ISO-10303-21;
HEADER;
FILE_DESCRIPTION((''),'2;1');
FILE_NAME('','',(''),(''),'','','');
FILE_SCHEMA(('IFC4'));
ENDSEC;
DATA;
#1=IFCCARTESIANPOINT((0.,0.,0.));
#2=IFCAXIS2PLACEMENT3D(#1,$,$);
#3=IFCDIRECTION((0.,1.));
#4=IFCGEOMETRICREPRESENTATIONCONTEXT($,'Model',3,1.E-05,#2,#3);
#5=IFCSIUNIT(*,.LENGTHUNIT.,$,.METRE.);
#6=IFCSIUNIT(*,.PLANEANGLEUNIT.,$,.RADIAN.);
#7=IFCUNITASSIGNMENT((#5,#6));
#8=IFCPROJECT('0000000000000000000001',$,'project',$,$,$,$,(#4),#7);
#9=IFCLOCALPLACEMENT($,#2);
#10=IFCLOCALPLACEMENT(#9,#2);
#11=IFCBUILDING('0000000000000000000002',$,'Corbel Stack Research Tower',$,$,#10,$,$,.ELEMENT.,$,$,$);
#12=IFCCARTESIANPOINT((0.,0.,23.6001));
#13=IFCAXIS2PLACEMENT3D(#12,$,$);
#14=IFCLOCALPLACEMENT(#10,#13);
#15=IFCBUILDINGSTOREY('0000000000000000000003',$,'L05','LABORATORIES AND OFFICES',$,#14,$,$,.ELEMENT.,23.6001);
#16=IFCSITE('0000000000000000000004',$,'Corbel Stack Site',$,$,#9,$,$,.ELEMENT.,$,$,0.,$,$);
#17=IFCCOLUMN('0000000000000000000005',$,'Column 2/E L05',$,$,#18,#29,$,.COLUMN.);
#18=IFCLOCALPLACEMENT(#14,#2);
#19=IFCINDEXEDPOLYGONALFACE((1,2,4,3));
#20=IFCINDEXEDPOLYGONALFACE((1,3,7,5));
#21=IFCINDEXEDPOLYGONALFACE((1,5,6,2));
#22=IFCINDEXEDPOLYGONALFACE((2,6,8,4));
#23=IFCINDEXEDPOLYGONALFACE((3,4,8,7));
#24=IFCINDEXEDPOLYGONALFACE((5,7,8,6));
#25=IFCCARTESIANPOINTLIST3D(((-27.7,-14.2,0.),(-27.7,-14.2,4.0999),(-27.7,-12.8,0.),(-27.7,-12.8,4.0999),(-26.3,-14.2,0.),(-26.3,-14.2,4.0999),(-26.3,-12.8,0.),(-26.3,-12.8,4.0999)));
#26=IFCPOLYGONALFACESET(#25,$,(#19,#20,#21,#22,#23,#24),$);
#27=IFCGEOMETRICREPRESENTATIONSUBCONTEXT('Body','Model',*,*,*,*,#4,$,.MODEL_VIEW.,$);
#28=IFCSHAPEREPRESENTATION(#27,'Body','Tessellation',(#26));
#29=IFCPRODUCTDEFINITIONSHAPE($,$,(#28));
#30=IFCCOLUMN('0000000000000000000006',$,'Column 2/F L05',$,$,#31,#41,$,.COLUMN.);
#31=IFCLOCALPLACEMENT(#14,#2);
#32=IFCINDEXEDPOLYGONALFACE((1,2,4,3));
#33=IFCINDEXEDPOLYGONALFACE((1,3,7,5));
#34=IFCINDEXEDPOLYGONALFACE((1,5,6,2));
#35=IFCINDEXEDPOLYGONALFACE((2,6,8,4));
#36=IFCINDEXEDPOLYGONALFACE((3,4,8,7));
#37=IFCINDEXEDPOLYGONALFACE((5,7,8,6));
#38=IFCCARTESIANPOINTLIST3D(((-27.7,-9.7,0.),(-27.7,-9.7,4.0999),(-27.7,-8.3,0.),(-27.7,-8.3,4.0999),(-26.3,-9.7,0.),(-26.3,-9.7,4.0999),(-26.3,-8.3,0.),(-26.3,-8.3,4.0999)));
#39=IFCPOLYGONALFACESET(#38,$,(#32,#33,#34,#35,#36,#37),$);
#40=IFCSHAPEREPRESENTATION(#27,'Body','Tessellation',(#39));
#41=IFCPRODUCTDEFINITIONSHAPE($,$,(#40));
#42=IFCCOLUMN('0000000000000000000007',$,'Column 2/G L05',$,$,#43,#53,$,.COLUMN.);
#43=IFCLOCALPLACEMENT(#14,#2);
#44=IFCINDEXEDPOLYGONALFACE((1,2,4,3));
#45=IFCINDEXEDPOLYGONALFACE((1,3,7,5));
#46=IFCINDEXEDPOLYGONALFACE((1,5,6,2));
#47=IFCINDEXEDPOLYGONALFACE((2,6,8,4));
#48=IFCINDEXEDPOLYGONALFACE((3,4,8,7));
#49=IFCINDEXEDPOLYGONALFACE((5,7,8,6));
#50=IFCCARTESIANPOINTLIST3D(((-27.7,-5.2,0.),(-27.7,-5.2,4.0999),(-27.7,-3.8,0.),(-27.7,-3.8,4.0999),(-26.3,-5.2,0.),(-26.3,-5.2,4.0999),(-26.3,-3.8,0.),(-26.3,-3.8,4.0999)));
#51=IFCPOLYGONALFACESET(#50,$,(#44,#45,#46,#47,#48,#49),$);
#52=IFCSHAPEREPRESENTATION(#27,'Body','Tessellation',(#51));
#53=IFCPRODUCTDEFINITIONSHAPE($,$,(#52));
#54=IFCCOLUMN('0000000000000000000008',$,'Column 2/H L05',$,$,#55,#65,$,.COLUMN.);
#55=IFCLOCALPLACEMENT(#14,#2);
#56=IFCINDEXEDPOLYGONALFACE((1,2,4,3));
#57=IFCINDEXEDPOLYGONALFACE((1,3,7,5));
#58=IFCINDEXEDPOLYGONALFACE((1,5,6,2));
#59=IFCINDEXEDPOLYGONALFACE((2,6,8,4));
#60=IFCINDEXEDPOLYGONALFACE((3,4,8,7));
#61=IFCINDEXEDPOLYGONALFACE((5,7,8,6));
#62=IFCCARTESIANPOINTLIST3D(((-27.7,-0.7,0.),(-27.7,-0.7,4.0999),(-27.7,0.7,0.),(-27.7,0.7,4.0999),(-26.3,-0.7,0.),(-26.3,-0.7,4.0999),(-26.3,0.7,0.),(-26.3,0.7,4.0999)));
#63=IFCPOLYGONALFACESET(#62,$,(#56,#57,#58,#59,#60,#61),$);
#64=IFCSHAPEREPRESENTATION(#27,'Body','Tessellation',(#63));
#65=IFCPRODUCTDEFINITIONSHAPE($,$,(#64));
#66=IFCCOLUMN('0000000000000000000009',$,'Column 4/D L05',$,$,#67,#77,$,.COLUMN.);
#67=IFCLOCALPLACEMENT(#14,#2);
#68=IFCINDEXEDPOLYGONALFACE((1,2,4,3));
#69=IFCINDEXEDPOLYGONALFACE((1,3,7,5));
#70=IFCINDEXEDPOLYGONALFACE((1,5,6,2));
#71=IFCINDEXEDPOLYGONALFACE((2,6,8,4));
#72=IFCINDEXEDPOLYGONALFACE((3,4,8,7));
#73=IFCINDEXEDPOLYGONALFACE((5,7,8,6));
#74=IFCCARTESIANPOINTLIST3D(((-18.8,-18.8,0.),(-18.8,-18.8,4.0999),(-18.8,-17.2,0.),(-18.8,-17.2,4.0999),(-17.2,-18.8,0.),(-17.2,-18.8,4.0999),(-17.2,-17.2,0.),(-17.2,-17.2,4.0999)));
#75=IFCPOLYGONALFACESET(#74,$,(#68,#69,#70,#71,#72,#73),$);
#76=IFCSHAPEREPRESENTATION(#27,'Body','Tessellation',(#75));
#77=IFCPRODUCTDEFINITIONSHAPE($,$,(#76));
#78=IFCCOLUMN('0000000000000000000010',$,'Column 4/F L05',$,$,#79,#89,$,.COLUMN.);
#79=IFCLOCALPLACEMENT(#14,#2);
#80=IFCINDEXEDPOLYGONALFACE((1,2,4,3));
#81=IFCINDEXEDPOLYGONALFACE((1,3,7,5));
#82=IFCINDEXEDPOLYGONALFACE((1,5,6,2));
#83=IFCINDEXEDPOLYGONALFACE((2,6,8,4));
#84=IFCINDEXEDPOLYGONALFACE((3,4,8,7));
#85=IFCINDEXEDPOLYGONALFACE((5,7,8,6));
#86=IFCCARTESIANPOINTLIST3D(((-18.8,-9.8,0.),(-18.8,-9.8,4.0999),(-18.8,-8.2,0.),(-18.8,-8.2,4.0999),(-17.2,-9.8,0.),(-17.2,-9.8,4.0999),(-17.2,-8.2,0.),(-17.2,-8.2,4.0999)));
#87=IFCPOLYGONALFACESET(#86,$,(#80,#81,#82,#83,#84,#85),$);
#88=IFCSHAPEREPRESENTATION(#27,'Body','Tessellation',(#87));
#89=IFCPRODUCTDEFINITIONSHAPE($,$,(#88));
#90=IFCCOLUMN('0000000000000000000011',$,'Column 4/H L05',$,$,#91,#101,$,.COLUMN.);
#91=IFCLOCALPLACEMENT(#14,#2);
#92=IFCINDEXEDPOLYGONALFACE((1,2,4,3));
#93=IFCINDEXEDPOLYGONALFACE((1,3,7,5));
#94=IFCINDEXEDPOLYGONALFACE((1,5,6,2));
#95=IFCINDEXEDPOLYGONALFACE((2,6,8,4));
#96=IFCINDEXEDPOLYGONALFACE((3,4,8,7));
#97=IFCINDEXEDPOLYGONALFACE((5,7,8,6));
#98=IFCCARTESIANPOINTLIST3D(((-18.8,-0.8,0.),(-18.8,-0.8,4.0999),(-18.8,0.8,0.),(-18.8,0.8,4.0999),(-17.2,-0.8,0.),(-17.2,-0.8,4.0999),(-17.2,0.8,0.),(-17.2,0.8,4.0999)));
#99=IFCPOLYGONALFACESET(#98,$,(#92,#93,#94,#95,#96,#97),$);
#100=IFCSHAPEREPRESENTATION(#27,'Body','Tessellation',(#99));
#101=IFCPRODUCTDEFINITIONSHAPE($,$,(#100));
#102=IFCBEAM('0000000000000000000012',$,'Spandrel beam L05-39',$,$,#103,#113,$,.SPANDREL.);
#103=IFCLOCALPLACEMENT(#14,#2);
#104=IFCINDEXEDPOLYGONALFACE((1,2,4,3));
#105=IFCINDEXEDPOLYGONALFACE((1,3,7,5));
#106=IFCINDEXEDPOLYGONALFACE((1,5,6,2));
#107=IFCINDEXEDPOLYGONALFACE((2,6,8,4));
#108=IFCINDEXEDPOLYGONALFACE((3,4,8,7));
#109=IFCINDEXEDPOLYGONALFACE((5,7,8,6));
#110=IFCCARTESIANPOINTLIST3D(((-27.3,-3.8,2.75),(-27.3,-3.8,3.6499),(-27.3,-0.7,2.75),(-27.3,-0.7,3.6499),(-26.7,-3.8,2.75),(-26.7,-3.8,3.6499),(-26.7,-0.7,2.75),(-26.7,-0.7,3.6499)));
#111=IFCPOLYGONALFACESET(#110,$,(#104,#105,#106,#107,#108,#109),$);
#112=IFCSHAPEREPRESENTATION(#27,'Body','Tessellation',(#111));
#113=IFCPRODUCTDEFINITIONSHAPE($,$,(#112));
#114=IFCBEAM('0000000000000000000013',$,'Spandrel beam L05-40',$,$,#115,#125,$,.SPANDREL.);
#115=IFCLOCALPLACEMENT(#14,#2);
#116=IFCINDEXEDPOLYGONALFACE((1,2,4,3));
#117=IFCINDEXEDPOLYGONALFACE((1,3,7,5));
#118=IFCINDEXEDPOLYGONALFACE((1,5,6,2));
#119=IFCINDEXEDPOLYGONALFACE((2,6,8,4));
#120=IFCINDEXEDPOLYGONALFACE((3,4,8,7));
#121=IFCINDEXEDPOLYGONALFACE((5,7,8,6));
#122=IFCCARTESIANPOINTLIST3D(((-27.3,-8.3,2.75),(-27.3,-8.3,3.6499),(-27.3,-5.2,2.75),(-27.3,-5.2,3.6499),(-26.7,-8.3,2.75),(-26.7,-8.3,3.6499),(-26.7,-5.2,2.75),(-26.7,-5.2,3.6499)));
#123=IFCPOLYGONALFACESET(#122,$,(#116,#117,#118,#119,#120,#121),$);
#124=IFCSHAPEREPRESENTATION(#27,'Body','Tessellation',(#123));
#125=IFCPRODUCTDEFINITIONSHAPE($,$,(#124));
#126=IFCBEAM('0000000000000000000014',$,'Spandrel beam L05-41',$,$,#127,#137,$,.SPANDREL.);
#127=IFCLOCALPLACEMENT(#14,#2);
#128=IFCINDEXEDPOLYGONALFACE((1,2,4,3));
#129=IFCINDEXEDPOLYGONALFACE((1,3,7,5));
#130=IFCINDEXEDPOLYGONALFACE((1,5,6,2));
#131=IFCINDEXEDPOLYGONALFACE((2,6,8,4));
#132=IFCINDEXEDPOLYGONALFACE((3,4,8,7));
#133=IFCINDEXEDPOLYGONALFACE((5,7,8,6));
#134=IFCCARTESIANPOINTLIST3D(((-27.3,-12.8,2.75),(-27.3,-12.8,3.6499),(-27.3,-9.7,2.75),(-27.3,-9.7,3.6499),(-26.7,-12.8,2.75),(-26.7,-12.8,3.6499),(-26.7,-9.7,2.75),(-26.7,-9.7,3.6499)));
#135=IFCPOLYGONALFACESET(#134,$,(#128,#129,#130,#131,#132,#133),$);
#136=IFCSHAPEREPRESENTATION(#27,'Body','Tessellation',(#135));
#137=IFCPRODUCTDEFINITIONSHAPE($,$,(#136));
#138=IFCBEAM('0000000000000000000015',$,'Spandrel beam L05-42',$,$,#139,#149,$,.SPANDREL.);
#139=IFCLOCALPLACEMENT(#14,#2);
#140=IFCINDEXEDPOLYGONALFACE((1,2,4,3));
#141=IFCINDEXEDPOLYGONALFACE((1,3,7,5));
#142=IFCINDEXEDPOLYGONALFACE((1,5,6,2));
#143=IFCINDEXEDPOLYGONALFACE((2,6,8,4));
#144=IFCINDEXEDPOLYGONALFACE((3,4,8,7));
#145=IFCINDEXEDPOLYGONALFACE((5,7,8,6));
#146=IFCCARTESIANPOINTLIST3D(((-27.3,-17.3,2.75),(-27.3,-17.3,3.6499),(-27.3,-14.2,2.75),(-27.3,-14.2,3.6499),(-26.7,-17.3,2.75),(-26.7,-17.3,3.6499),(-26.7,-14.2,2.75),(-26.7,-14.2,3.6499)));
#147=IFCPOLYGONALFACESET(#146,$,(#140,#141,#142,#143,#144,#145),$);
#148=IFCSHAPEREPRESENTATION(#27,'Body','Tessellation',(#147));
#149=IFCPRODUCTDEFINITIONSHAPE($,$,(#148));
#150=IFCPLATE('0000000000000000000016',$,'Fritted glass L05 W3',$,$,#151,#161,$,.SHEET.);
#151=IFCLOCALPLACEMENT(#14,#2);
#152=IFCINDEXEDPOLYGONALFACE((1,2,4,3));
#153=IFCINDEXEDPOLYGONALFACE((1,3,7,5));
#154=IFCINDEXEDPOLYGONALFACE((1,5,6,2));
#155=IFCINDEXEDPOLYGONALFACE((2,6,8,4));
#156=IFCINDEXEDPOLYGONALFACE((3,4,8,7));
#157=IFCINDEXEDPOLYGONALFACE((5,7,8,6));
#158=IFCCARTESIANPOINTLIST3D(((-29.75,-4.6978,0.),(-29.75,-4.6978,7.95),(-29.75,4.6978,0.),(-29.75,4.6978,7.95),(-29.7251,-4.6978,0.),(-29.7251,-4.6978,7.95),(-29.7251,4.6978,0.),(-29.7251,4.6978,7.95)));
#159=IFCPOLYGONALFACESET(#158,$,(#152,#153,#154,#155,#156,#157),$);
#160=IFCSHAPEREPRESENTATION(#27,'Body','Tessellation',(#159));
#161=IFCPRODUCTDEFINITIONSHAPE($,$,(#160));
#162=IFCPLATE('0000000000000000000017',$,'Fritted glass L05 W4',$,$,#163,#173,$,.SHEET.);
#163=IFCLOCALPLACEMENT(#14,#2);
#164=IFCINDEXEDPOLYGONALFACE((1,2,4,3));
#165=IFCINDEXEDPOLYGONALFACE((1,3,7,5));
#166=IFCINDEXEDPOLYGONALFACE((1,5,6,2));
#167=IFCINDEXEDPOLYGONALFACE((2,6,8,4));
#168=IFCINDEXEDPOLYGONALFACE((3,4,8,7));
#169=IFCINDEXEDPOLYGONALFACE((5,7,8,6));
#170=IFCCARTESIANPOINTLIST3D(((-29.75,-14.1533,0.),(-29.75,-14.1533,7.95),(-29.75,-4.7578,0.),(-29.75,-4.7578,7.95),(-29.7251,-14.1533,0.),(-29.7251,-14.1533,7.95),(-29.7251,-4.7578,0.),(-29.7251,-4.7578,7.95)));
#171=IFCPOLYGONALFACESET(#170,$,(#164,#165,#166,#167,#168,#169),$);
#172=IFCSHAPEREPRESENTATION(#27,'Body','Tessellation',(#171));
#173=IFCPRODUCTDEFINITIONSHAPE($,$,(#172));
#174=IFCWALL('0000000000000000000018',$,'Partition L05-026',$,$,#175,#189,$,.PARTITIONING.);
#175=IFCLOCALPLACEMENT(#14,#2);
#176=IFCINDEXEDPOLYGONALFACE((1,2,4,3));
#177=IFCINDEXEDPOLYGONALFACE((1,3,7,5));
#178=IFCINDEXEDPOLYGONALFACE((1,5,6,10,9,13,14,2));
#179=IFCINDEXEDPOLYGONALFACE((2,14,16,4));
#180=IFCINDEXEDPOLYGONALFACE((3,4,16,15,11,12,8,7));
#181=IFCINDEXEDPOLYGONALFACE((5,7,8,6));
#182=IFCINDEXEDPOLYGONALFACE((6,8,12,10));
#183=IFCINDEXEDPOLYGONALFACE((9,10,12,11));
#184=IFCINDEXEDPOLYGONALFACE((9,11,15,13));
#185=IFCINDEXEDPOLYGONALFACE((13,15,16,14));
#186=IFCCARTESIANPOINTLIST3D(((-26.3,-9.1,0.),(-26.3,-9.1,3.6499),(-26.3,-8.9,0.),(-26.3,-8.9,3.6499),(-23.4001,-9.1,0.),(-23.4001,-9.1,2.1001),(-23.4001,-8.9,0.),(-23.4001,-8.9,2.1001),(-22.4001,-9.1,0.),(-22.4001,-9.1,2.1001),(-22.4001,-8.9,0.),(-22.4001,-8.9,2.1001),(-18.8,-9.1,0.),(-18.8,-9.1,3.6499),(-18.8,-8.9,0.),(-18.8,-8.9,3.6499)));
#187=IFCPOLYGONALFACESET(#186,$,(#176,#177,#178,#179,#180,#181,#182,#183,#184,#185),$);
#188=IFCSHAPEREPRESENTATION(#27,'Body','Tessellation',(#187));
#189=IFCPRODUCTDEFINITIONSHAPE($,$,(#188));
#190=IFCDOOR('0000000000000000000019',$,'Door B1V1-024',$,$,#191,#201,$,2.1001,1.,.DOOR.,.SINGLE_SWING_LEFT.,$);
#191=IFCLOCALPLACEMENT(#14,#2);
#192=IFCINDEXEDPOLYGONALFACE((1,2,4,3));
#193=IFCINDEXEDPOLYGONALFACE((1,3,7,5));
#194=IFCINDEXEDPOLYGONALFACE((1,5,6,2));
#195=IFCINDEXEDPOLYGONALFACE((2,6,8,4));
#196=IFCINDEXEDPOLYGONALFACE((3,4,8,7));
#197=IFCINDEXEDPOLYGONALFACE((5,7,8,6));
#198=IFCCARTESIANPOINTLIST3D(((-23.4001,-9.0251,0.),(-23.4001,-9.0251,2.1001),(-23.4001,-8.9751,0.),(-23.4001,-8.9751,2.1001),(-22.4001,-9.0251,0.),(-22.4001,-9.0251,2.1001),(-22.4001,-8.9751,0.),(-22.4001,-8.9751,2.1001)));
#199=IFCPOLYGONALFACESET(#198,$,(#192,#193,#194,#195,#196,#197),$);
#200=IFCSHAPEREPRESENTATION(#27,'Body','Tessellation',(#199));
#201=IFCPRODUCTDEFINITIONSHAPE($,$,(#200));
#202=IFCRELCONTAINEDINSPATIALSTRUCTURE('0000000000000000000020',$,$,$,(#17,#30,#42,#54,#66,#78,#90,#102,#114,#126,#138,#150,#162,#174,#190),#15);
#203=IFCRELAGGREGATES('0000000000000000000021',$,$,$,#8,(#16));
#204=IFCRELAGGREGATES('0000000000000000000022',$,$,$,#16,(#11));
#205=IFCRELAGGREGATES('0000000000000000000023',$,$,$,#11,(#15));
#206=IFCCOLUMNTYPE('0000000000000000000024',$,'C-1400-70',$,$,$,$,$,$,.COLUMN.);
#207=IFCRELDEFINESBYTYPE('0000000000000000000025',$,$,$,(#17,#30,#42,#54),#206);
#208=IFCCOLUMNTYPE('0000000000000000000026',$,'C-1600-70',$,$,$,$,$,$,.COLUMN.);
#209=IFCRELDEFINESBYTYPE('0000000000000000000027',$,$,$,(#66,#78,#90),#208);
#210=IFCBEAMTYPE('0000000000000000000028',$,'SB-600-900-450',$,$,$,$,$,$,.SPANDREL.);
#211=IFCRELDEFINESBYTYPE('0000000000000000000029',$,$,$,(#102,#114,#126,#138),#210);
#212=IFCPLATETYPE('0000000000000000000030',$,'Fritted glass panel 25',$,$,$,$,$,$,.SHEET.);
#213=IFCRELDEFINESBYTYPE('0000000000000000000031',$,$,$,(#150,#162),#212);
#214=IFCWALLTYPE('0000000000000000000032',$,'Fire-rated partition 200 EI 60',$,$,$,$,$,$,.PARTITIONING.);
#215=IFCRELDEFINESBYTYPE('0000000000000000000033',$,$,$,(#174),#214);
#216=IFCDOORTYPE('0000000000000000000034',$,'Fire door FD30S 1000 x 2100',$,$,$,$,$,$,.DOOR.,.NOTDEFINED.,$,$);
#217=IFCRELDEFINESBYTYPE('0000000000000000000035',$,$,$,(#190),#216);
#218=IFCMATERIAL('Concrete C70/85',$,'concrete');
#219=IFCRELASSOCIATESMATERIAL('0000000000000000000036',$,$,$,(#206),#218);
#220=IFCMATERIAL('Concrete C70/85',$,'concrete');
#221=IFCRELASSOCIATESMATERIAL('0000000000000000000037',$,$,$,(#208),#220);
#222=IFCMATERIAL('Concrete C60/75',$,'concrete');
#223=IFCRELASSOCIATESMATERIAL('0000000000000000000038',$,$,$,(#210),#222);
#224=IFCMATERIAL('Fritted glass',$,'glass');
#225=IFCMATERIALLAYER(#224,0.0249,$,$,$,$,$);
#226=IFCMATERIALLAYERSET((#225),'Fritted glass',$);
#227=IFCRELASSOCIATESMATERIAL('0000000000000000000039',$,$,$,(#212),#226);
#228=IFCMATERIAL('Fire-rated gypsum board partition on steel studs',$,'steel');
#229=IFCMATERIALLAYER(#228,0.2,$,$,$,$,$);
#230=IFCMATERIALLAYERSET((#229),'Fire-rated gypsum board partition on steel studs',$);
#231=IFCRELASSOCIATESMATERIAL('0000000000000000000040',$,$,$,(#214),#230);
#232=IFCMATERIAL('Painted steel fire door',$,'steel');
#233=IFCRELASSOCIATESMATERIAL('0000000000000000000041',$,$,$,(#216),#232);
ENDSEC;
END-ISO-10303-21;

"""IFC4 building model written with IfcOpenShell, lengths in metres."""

from ifc_helpers import new_model, si_unit, direction, frame, frame_2d, origin, origin_2d, place, context, subcontext, project, spatial, rectangle, extrude, material, layer, layer_set, material_profile, profile_set, type_object, element, fill, save


model = new_model("IFC4")

# Units and contexts
model_context = context("Model", 3, precision=1e-05, world=origin(), true_north=direction((0.0, 1.0)))
body_context = subcontext(model_context, "Body", "Model", "MODEL_VIEW")
ifc_project = project(units=[si_unit("LENGTHUNIT", "METRE"), si_unit("PLANEANGLEUNIT", "RADIAN")], contexts=[model_context])

# Site, building, storey
site_placement = place(None, origin())
site = spatial("IfcSite", under=ifc_project, at=site_placement, Name="Corbel Stack Site", CompositionType="ELEMENT", RefElevation=0.0)
building_placement = place(site_placement, origin())
building = spatial("IfcBuilding", under=site, at=building_placement, Name="Corbel Stack Research Tower", CompositionType="ELEMENT")
storey_placement = place(building_placement, frame((0.0, 0.0, 23.6001)))
storey = spatial("IfcBuildingStorey", under=building, at=storey_placement, Name="L05", Description="LABORATORIES AND OFFICES", CompositionType="ELEMENT", Elevation=23.6001)

# Columns
ifc_material_1 = material(Name="Concrete C70/85", Category="concrete")
ifc_material_profile_1 = material_profile(ifc_material_1, rectangle(XDim=1.3999, YDim=1.3999, at=origin_2d()), Name="RC 1400 x 1400")
ifc_profile_set_1 = profile_set([ifc_material_profile_1], Name="Concrete C70/85")
column_type_1 = type_object("IfcColumnType", Name="C-1400-70", PredefinedType="COLUMN", material=ifc_profile_set_1)
for number, where, z_axis, x_axis, name in (
    (1, (-27.0, -13.5, 0.0), (0.0, 0.0, 1.0), (1.0, 0.0, 0.0), "Column 2/E L05"),
    (2, (-27.0, -9.0, 0.0), (0.0, 0.0, 1.0), (1.0, 0.0, 0.0), "Column 2/F L05"),
    (3, (-27.0, -4.5, 0.0), (0.0, 0.0, 1.0), (1.0, 0.0, 0.0), "Column 2/G L05"),
    (4, (-27.0, 0.0, 0.0), (0.0, 0.0, 1.0), (1.0, 0.0, 0.0), "Column 2/H L05"),
):
    element("IfcColumn", number, at=place(storey_placement, frame(where, z_axis=z_axis, x_axis=x_axis)), inside=storey, type_object=column_type_1, Name=name, PredefinedType="COLUMN", context=body_context, shape_type="SweptSolid", body=[
        extrude(rectangle(XDim=1.3999, YDim=1.3999, at=origin_2d()), origin(), (0.0, 0.0, 1.0), 4.0999),
    ])
ifc_material_2 = material(Name="Concrete C70/85", Category="concrete")
ifc_material_profile_2 = material_profile(ifc_material_2, rectangle(XDim=1.6001, YDim=1.6001, at=origin_2d()), Name="RC 1600 x 1600")
ifc_profile_set_2 = profile_set([ifc_material_profile_2], Name="Concrete C70/85")
column_type_2 = type_object("IfcColumnType", Name="C-1600-70", PredefinedType="COLUMN", material=ifc_profile_set_2)
for number, where, z_axis, x_axis, name in (
    (5, (-18.0, -18.0, 0.0), (0.0, 0.0, 1.0), (1.0, 0.0, 0.0), "Column 4/D L05"),
    (6, (-18.0, -9.0, 0.0), (0.0, 0.0, 1.0), (1.0, 0.0, 0.0), "Column 4/F L05"),
    (7, (-18.0, 0.0, 0.0), (0.0, 0.0, 1.0), (1.0, 0.0, 0.0), "Column 4/H L05"),
):
    element("IfcColumn", number, at=place(storey_placement, frame(where, z_axis=z_axis, x_axis=x_axis)), inside=storey, type_object=column_type_2, Name=name, PredefinedType="COLUMN", context=body_context, shape_type="SweptSolid", body=[
        extrude(rectangle(XDim=1.6001, YDim=1.6001, at=origin_2d()), origin(), (0.0, 0.0, 1.0), 4.0999),
    ])

# Beams
ifc_material_3 = material(Name="Concrete C60/75", Category="concrete")
ifc_material_profile_3 = material_profile(ifc_material_3, rectangle(XDim=0.6001, YDim=0.8999, at=origin_2d()), Name="RC 600 x 900")
ifc_profile_set_3 = profile_set([ifc_material_profile_3], Name="Concrete C60/75")
beam_type = type_object("IfcBeamType", Name="SB-600-900-450", PredefinedType="SPANDREL", material=ifc_profile_set_3)
for number, where, z_axis, x_axis, name in (
    (8, (-27.0, -0.7, 3.2), (0.0, -1.0, 0.0), (1.0, 0.0, 0.0), "Spandrel beam L05-39"),
    (9, (-27.0, -5.2, 3.2), (0.0, -1.0, 0.0), (1.0, 0.0, 0.0), "Spandrel beam L05-40"),
    (10, (-27.0, -9.7, 3.2), (0.0, -1.0, 0.0), (1.0, 0.0, 0.0), "Spandrel beam L05-41"),
    (11, (-27.0, -14.2, 3.2), (0.0, -1.0, 0.0), (1.0, 0.0, 0.0), "Spandrel beam L05-42"),
):
    element("IfcBeam", number, at=place(storey_placement, frame(where, z_axis=z_axis, x_axis=x_axis)), inside=storey, type_object=beam_type, Name=name, PredefinedType="SPANDREL", context=body_context, shape_type="SweptSolid", body=[
        extrude(rectangle(XDim=0.6001, YDim=0.8999, at=origin_2d()), origin(), (0.0, 0.0, 1.0), 3.1001),
    ])

# Plates
ifc_material_4 = material(Name="Fritted glass", Category="glass")
ifc_layer_1 = layer(ifc_material_4, 0.0249)
ifc_layer_set_1 = layer_set([ifc_layer_1], Name="Fritted glass")
plate_type = type_object("IfcPlateType", Name="Fritted glass panel 25", PredefinedType="SHEET", material=ifc_layer_set_1)
for number, where, z_axis, x_axis, name in (
    (12, (-29.7375, 0.0, 0.0), (0.0, 0.0, 1.0), (0.0, -1.0, 0.0), "Fritted glass L05 W3"),
    (13, (-29.7375, -9.4556, 0.0), (0.0, 0.0, 1.0), (0.0, -1.0, 0.0), "Fritted glass L05 W4"),
):
    element("IfcPlate", number, at=place(storey_placement, frame(where, z_axis=z_axis, x_axis=x_axis)), inside=storey, type_object=plate_type, Name=name, PredefinedType="SHEET", context=body_context, shape_type="SweptSolid", body=[
        extrude(rectangle(XDim=9.3955, YDim=0.0249, at=origin_2d()), origin(), (0.0, 0.0, 1.0), 7.95),
    ])

# Wall, opening, door
ifc_material_5 = material(Name="Fire-rated gypsum board partition on steel studs", Category="steel")
ifc_layer_2 = layer(ifc_material_5, 0.2)
ifc_layer_set_2 = layer_set([ifc_layer_2], Name="Fire-rated gypsum board partition on steel studs")
wall_type_1 = type_object("IfcWallType", Name="Fire-rated partition 200 EI 60", PredefinedType="PARTITIONING", material=ifc_layer_set_2)
wall_1_placement = place(storey_placement, frame((-26.3, -9.0, 0.0), z_axis=(0.0, 0.0, 1.0), x_axis=(1.0, 0.0, 0.0)))
wall_1 = element("IfcWall", 14, at=wall_1_placement, inside=storey, type_object=wall_type_1, Name="Partition L05-026", PredefinedType="PARTITIONING", context=body_context, shape_type="SweptSolid", body=[
    extrude(rectangle(XDim=7.5, YDim=0.2, at=frame_2d((3.75, 0.0))), origin(), (0.0, 0.0, 1.0), 3.6499),
])
opening_1_placement = place(wall_1_placement, frame((2.8999, 0.0, 0.0)))
opening_1 = element("IfcOpeningElement", 15, at=opening_1_placement, cuts=wall_1, PredefinedType="OPENING", context=body_context, shape_type="SweptSolid", body=[
    extrude(rectangle(XDim=1.0, YDim=2.1001, at=frame_2d((0.5, 1.05))), frame((0.0, 0.1099, 0.0), z_axis=(0.0, -1.0, 0.0), x_axis=(1.0, 0.0, 0.0)), (0.0, 0.0, 1.0), 0.22),
])
ifc_material_6 = material(Name="Painted steel fire door", Category="steel")
door_type_1 = type_object("IfcDoorType", Name="Fire door FD30S 1000 x 2100", OperationType="NOTDEFINED", PredefinedType="DOOR", material=ifc_material_6)
door_1_placement = place(opening_1_placement, origin())
door_1 = element("IfcDoor", 16, at=door_1_placement, inside=storey, type_object=door_type_1, Name="Door B1V1-024", OperationType="SINGLE_SWING_LEFT", OverallHeight=2.1001, OverallWidth=1.0, PredefinedType="DOOR", context=body_context, shape_type="SweptSolid", body=[
    extrude(rectangle(XDim=1.0, YDim=2.1001, at=frame_2d((0.5, 1.05))), frame((0.0, 0.0249, 0.0), z_axis=(0.0, -1.0, 0.0), x_axis=(1.0, 0.0, 0.0)), (0.0, 0.0, 1.0), 0.05),
])
fill(opening_1, door_1)

save(model, "model.ifc")
